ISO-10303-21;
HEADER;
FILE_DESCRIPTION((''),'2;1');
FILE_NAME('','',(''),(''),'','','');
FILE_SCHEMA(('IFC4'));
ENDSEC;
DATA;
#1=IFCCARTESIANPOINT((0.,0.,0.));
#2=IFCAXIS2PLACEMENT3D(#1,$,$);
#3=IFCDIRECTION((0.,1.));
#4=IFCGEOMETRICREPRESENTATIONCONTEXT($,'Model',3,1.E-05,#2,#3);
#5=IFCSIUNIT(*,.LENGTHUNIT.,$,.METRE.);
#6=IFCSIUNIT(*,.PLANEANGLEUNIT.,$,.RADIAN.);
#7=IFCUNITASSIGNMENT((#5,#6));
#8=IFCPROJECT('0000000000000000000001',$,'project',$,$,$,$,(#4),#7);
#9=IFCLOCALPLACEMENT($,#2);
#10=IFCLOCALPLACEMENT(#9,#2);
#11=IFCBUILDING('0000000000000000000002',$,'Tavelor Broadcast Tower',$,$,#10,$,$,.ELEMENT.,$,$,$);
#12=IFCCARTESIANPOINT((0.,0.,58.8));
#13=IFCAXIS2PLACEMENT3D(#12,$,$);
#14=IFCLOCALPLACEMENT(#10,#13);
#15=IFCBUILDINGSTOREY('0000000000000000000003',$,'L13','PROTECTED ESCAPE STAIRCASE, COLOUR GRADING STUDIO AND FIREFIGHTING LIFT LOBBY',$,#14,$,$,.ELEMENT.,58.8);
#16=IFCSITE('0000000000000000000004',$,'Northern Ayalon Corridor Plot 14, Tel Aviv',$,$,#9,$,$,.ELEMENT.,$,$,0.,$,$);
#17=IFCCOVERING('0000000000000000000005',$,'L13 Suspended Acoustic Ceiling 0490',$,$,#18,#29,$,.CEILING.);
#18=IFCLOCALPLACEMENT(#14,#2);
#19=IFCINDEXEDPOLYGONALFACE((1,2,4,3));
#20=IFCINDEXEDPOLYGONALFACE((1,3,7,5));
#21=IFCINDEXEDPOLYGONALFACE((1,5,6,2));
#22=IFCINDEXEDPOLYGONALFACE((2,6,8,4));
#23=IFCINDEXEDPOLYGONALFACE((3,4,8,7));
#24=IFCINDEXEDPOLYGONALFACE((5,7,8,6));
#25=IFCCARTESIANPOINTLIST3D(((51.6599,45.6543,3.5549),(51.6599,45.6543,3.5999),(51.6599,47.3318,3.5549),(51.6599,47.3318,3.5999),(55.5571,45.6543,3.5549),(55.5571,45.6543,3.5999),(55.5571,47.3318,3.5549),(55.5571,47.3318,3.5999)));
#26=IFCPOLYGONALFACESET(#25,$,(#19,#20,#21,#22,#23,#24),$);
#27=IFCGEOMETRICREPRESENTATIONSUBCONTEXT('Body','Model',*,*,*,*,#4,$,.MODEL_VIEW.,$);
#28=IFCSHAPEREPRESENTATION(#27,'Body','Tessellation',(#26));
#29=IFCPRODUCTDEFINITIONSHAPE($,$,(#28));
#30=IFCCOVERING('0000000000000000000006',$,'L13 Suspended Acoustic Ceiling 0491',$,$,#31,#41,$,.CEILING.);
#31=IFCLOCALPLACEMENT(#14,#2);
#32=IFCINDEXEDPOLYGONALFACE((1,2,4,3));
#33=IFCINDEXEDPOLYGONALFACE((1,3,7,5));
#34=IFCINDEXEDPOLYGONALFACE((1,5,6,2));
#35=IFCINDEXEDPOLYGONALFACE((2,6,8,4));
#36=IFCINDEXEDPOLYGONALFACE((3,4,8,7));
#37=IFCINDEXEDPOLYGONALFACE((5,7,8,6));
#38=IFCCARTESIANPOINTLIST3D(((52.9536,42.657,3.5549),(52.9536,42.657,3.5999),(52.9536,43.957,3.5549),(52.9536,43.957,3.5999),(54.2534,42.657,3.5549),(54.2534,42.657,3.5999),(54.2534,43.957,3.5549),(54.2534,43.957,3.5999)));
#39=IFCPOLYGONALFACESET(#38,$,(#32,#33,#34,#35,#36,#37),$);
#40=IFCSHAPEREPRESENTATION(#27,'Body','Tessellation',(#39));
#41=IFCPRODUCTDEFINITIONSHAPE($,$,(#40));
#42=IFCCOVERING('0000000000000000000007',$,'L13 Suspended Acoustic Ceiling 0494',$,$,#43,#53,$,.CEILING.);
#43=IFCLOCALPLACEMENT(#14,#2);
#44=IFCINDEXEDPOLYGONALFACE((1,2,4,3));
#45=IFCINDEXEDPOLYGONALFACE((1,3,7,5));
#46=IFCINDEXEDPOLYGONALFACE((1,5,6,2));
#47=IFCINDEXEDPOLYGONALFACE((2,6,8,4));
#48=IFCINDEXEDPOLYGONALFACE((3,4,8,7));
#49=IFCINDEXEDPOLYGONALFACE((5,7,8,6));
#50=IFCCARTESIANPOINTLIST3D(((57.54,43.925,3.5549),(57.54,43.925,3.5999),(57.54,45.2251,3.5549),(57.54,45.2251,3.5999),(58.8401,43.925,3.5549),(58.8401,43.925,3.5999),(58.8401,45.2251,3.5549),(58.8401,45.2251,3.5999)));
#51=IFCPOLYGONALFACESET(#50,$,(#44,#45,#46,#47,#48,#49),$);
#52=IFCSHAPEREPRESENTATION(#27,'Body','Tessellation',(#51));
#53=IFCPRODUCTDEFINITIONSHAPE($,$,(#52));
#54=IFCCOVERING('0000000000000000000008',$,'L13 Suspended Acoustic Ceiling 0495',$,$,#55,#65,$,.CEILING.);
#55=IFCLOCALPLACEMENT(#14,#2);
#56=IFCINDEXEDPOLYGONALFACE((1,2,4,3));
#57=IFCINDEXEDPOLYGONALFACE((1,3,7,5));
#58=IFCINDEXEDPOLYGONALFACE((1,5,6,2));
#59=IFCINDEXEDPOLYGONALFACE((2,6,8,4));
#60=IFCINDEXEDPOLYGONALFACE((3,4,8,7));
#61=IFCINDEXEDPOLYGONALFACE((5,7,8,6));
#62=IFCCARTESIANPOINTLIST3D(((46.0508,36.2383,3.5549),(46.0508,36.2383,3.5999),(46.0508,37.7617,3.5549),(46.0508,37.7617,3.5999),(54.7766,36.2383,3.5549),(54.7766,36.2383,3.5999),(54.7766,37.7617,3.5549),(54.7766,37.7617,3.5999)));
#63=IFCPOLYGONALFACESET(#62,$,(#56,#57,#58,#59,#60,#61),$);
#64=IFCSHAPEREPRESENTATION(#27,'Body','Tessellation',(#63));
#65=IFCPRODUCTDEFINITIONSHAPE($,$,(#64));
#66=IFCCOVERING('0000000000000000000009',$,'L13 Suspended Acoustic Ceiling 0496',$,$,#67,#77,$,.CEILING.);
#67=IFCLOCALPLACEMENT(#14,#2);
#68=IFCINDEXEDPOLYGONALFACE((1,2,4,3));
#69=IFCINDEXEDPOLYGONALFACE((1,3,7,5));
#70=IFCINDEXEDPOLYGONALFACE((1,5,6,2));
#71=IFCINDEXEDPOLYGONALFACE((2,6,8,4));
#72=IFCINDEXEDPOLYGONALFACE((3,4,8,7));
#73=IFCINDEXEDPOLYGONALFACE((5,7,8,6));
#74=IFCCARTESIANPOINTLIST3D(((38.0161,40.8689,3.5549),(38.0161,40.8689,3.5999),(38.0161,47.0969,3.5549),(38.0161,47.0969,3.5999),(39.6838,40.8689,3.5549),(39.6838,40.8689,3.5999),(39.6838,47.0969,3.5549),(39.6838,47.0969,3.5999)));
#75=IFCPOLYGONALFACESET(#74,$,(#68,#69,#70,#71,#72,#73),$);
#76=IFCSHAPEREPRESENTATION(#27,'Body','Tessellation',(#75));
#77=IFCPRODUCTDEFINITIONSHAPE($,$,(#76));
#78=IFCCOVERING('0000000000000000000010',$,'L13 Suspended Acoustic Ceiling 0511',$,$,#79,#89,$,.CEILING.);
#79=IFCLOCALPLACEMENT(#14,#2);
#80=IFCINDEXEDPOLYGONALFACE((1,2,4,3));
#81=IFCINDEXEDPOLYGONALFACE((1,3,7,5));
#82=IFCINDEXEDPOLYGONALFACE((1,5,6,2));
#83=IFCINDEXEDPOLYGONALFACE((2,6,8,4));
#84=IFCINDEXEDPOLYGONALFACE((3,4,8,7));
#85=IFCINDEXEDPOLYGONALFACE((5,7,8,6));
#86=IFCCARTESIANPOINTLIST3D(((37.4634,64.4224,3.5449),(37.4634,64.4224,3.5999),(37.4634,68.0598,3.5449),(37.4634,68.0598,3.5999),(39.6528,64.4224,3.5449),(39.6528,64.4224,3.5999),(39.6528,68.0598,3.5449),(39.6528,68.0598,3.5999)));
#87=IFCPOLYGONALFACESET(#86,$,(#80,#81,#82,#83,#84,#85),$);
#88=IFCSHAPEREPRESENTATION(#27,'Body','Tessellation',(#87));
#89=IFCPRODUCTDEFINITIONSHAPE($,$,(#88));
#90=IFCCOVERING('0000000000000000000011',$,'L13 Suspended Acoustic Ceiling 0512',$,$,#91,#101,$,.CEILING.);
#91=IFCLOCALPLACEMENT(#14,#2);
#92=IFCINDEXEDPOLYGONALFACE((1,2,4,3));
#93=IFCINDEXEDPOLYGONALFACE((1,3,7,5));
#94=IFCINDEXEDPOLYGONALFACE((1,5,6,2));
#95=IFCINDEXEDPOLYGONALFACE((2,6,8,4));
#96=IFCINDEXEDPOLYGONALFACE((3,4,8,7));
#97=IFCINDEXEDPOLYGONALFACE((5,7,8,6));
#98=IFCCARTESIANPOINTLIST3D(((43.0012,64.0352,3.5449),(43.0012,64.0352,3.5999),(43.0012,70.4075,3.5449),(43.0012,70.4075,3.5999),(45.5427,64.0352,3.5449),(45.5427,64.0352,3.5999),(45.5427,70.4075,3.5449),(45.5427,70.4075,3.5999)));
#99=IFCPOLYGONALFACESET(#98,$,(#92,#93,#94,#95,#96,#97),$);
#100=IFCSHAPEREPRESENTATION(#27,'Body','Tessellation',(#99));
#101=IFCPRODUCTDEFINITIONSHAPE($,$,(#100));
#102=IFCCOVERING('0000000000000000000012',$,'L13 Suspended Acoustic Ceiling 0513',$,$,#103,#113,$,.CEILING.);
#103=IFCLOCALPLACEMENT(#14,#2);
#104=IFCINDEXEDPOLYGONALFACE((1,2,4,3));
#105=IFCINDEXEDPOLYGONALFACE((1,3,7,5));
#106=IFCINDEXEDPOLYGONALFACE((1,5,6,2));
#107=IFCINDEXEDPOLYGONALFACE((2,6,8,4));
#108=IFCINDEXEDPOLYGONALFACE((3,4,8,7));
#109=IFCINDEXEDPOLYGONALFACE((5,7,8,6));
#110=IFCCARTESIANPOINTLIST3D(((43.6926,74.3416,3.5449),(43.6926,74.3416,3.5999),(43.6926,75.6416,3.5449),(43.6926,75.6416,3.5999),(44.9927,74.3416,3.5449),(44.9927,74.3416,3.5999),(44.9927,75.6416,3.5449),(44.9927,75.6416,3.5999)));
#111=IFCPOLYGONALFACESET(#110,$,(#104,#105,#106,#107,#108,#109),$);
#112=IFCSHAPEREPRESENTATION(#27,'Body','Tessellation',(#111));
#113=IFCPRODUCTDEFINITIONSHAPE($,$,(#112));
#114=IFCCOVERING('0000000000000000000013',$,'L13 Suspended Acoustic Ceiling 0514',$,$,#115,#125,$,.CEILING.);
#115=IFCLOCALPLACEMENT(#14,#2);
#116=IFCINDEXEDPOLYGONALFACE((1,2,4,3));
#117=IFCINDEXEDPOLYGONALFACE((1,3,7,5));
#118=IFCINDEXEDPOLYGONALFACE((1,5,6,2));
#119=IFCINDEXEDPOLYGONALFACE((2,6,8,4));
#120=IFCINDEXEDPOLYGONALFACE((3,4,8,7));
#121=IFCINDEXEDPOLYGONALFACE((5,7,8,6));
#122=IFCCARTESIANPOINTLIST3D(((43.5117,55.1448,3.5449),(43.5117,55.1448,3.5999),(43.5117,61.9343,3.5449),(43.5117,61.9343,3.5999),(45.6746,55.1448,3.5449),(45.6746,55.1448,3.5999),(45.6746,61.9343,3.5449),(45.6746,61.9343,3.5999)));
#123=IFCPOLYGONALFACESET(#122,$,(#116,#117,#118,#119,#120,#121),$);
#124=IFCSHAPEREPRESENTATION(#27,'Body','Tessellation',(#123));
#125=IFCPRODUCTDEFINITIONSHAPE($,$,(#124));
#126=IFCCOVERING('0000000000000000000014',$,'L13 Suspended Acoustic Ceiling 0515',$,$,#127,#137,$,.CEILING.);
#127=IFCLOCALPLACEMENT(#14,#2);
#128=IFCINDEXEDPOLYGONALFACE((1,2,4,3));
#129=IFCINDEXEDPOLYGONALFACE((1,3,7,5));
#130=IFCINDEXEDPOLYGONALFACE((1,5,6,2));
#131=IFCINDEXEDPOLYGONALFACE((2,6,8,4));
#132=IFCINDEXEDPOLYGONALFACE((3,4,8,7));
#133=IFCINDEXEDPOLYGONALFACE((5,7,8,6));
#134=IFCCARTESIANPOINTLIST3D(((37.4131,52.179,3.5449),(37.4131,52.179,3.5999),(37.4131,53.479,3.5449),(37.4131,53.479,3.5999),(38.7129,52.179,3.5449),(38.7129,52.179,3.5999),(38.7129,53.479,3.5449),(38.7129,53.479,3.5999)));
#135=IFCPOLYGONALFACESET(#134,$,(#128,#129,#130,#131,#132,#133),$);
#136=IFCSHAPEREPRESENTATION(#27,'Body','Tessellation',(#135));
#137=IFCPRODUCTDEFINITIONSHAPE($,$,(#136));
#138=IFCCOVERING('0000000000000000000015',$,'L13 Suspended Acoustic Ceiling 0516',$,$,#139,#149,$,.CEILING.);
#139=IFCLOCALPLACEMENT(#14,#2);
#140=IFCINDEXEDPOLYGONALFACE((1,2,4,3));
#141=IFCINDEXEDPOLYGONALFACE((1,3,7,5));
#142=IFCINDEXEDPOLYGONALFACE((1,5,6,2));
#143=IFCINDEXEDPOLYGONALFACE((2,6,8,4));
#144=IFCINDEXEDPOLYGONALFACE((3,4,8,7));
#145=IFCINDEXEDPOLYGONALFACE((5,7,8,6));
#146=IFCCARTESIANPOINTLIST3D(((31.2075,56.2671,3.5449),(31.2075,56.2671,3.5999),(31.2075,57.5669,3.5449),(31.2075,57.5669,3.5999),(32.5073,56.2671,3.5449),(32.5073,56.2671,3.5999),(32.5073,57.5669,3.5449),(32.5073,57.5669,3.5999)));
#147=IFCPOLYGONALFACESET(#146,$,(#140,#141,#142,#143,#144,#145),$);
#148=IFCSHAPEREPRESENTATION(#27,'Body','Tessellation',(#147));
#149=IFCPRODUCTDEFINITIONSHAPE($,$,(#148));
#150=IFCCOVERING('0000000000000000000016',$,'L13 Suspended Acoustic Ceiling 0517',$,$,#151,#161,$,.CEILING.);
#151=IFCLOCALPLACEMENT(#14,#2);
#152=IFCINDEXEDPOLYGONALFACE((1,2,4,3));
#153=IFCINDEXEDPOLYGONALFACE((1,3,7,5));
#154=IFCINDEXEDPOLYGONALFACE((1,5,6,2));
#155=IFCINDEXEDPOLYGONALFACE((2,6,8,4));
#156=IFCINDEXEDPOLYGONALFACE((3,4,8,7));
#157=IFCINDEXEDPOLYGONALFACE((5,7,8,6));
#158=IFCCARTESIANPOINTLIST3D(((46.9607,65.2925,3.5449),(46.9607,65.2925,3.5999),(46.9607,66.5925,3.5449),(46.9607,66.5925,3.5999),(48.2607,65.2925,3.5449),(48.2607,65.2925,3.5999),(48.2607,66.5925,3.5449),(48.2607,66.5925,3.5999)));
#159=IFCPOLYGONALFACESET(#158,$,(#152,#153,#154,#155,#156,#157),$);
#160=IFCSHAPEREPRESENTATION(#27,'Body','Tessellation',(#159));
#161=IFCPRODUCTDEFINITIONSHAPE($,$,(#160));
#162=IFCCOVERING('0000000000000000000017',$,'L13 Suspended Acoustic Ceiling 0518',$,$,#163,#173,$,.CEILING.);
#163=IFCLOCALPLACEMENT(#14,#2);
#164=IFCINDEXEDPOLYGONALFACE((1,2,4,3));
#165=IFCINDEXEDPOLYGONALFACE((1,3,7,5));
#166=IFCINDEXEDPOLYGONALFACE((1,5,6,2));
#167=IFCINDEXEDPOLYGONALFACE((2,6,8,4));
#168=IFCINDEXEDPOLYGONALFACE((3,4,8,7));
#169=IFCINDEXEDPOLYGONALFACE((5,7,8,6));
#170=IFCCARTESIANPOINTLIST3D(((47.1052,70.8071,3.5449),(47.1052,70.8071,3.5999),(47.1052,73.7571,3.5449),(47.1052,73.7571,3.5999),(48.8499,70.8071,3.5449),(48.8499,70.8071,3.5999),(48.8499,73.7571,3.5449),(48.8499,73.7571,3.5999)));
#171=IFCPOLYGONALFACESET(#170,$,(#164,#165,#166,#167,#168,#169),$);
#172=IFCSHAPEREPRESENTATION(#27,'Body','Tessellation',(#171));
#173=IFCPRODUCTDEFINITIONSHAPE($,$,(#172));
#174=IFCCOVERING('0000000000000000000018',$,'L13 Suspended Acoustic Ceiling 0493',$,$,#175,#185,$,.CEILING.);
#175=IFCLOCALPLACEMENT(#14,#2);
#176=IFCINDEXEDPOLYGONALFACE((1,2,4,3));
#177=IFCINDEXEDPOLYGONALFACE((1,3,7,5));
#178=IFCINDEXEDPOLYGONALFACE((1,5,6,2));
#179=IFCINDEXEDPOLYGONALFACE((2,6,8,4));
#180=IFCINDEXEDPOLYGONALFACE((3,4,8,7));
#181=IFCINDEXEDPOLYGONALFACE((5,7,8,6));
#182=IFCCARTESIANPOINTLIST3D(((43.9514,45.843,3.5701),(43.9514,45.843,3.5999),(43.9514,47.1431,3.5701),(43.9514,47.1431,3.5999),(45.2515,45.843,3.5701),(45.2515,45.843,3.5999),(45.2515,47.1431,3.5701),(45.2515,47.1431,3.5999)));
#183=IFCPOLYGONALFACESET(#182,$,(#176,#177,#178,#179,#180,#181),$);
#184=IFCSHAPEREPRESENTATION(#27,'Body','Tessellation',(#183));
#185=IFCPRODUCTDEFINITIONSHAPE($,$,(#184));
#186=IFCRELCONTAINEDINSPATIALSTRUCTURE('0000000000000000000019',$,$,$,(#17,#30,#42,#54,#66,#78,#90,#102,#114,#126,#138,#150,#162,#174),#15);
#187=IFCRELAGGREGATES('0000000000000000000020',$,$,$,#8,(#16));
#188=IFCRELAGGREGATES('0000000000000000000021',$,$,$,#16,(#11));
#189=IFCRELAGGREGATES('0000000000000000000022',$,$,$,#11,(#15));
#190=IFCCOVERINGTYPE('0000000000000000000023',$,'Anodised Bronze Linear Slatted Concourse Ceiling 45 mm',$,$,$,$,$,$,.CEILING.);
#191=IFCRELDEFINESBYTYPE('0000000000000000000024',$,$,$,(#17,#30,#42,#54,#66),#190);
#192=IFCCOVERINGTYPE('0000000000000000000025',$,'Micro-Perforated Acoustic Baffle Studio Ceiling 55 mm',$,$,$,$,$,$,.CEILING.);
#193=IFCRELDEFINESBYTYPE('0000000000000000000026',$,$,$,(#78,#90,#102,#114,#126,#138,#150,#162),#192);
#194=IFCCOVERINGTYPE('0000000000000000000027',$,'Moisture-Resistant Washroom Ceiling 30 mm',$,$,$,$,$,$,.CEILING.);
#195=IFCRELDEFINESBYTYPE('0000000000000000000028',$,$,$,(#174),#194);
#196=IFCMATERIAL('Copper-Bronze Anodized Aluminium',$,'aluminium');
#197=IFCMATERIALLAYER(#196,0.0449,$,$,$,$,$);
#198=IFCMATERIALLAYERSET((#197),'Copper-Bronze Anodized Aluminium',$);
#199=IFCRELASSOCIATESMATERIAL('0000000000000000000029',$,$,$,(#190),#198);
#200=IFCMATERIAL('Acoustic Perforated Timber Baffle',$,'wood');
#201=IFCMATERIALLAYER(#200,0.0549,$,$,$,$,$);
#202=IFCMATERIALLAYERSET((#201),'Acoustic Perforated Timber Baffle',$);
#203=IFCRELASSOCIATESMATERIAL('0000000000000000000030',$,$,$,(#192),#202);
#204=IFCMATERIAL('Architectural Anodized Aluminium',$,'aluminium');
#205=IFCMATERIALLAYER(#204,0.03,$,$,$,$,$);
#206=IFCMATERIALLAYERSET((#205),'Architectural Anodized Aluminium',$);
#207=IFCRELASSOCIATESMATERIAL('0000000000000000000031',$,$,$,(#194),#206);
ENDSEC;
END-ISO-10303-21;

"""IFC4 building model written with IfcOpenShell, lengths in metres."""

from ifc_helpers import new_model, si_unit, direction, frame, origin, place, context, subcontext, project, spatial, polyline, outline, extrude, material, layer, layer_set, type_object, element, save


model = new_model("IFC4")

# Units and contexts
model_context = context("Model", 3, precision=1e-05, world=origin(), true_north=direction((0.0, 1.0)))
body_context = subcontext(model_context, "Body", "Model", "MODEL_VIEW")
ifc_project = project(units=[si_unit("LENGTHUNIT", "METRE"), si_unit("PLANEANGLEUNIT", "RADIAN")], contexts=[model_context])

# Site, building, storey
site_placement = place(None, origin())
site = spatial("IfcSite", under=ifc_project, at=site_placement, Name="Northern Ayalon Corridor Plot 14, Tel Aviv", CompositionType="ELEMENT", RefElevation=0.0)
building_placement = place(site_placement, origin())
building = spatial("IfcBuilding", under=site, at=building_placement, Name="Tavelor Broadcast Tower", CompositionType="ELEMENT")
storey_placement = place(building_placement, frame((0.0, 0.0, 58.8)))
storey = spatial("IfcBuildingStorey", under=building, at=storey_placement, Name="L13", Description="PROTECTED ESCAPE STAIRCASE, COLOUR GRADING STUDIO AND FIREFIGHTING LIFT LOBBY", CompositionType="ELEMENT", Elevation=58.8)

# Coverings
ifc_material_1 = material(Name="Copper-Bronze Anodized Aluminium", Category="aluminium")
ifc_layer_1 = layer(ifc_material_1, 0.0449)
ifc_layer_set_1 = layer_set([ifc_layer_1], Name="Copper-Bronze Anodized Aluminium")
covering_type_1 = type_object("IfcCoveringType", Name="Anodised Bronze Linear Slatted Concourse Ceiling 45 mm", PredefinedType="CEILING", material=ifc_layer_set_1)
covering_1_placement = place(storey_placement, frame((0.0, 0.0, 3.5549)))
element("IfcCovering", 1, at=covering_1_placement, inside=storey, type_object=covering_type_1, Name="L13 Suspended Acoustic Ceiling 0490", PredefinedType="CEILING", context=body_context, shape_type="SweptSolid", body=[
    extrude(outline(polyline([(51.6599, 45.6543), (55.5571, 45.6543), (55.5571, 47.3318), (51.6599, 47.3318), (51.6599, 45.6543)])), origin(), (0.0, 0.0, 1.0), 0.0449),
])
covering_2_placement = place(storey_placement, frame((0.0, 0.0, 3.5549)))
element("IfcCovering", 2, at=covering_2_placement, inside=storey, type_object=covering_type_1, Name="L13 Suspended Acoustic Ceiling 0491", PredefinedType="CEILING", context=body_context, shape_type="SweptSolid", body=[
    extrude(outline(polyline([(52.9536, 42.657), (54.2534, 42.657), (54.2534, 43.957), (52.9536, 43.957), (52.9536, 42.657)])), origin(), (0.0, 0.0, 1.0), 0.0449),
])
covering_3_placement = place(storey_placement, frame((0.0, 0.0, 3.5549)))
element("IfcCovering", 3, at=covering_3_placement, inside=storey, type_object=covering_type_1, Name="L13 Suspended Acoustic Ceiling 0494", PredefinedType="CEILING", context=body_context, shape_type="SweptSolid", body=[
    extrude(outline(polyline([(57.54, 43.925), (58.8401, 43.925), (58.8401, 45.2251), (57.54, 45.2251), (57.54, 43.925)])), origin(), (0.0, 0.0, 1.0), 0.0449),
])
covering_4_placement = place(storey_placement, frame((0.0, 0.0, 3.5549)))
element("IfcCovering", 4, at=covering_4_placement, inside=storey, type_object=covering_type_1, Name="L13 Suspended Acoustic Ceiling 0495", PredefinedType="CEILING", context=body_context, shape_type="SweptSolid", body=[
    extrude(outline(polyline([(46.0508, 36.2383), (54.7766, 36.2383), (54.7766, 37.7617), (46.0508, 37.7617), (46.0508, 36.2383)])), origin(), (0.0, 0.0, 1.0), 0.0449),
])
covering_5_placement = place(storey_placement, frame((0.0, 0.0, 3.5549)))
element("IfcCovering", 5, at=covering_5_placement, inside=storey, type_object=covering_type_1, Name="L13 Suspended Acoustic Ceiling 0496", PredefinedType="CEILING", context=body_context, shape_type="SweptSolid", body=[
    extrude(outline(polyline([(38.0161, 40.8689), (39.6838, 40.8689), (39.6838, 47.0969), (38.0161, 47.0969), (38.0161, 40.8689)])), origin(), (0.0, 0.0, 1.0), 0.0449),
])
ifc_material_2 = material(Name="Acoustic Perforated Timber Baffle", Category="wood")
ifc_layer_2 = layer(ifc_material_2, 0.0549)
ifc_layer_set_2 = layer_set([ifc_layer_2], Name="Acoustic Perforated Timber Baffle")
covering_type_2 = type_object("IfcCoveringType", Name="Micro-Perforated Acoustic Baffle Studio Ceiling 55 mm", PredefinedType="CEILING", material=ifc_layer_set_2)
covering_6_placement = place(storey_placement, frame((0.0, 0.0, 3.5449)))
element("IfcCovering", 6, at=covering_6_placement, inside=storey, type_object=covering_type_2, Name="L13 Suspended Acoustic Ceiling 0511", PredefinedType="CEILING", context=body_context, shape_type="SweptSolid", body=[
    extrude(outline(polyline([(37.4634, 64.4224), (39.6528, 64.4224), (39.6528, 68.0598), (37.4634, 68.0598), (37.4634, 64.4224)])), origin(), (0.0, 0.0, 1.0), 0.0549),
])
covering_7_placement = place(storey_placement, frame((0.0, 0.0, 3.5449)))
element("IfcCovering", 7, at=covering_7_placement, inside=storey, type_object=covering_type_2, Name="L13 Suspended Acoustic Ceiling 0512", PredefinedType="CEILING", context=body_context, shape_type="SweptSolid", body=[
    extrude(outline(polyline([(43.0012, 64.0352), (45.5427, 64.0352), (45.5427, 70.4075), (43.0012, 70.4075), (43.0012, 64.0352)])), origin(), (0.0, 0.0, 1.0), 0.0549),
])
covering_8_placement = place(storey_placement, frame((0.0, 0.0, 3.5449)))
element("IfcCovering", 8, at=covering_8_placement, inside=storey, type_object=covering_type_2, Name="L13 Suspended Acoustic Ceiling 0513", PredefinedType="CEILING", context=body_context, shape_type="SweptSolid", body=[
    extrude(outline(polyline([(43.6926, 74.3416), (44.9927, 74.3416), (44.9927, 75.6416), (43.6926, 75.6416), (43.6926, 74.3416)])), origin(), (0.0, 0.0, 1.0), 0.0549),
])
covering_9_placement = place(storey_placement, frame((0.0, 0.0, 3.5449)))
element("IfcCovering", 9, at=covering_9_placement, inside=storey, type_object=covering_type_2, Name="L13 Suspended Acoustic Ceiling 0514", PredefinedType="CEILING", context=body_context, shape_type="SweptSolid", body=[
    extrude(outline(polyline([(43.5117, 55.1448), (45.6746, 55.1448), (45.6746, 61.9343), (43.5117, 61.9343), (43.5117, 55.1448)])), origin(), (0.0, 0.0, 1.0), 0.0549),
])
covering_10_placement = place(storey_placement, frame((0.0, 0.0, 3.5449)))
element("IfcCovering", 10, at=covering_10_placement, inside=storey, type_object=covering_type_2, Name="L13 Suspended Acoustic Ceiling 0515", PredefinedType="CEILING", context=body_context, shape_type="SweptSolid", body=[
    extrude(outline(polyline([(37.4131, 52.179), (38.7129, 52.179), (38.7129, 53.479), (37.4131, 53.479), (37.4131, 52.179)])), origin(), (0.0, 0.0, 1.0), 0.0549),
])
covering_11_placement = place(storey_placement, frame((0.0, 0.0, 3.5449)))
element("IfcCovering", 11, at=covering_11_placement, inside=storey, type_object=covering_type_2, Name="L13 Suspended Acoustic Ceiling 0516", PredefinedType="CEILING", context=body_context, shape_type="SweptSolid", body=[
    extrude(outline(polyline([(31.2075, 56.2671), (32.5073, 56.2671), (32.5073, 57.5669), (31.2075, 57.5669), (31.2075, 56.2671)])), origin(), (0.0, 0.0, 1.0), 0.0549),
])
covering_12_placement = place(storey_placement, frame((0.0, 0.0, 3.5449)))
element("IfcCovering", 12, at=covering_12_placement, inside=storey, type_object=covering_type_2, Name="L13 Suspended Acoustic Ceiling 0517", PredefinedType="CEILING", context=body_context, shape_type="SweptSolid", body=[
    extrude(outline(polyline([(46.9607, 65.2925), (48.2607, 65.2925), (48.2607, 66.5925), (46.9607, 66.5925), (46.9607, 65.2925)])), origin(), (0.0, 0.0, 1.0), 0.0549),
])
covering_13_placement = place(storey_placement, frame((0.0, 0.0, 3.5449)))
element("IfcCovering", 13, at=covering_13_placement, inside=storey, type_object=covering_type_2, Name="L13 Suspended Acoustic Ceiling 0518", PredefinedType="CEILING", context=body_context, shape_type="SweptSolid", body=[
    extrude(outline(polyline([(47.1052, 70.8071), (48.8499, 70.8071), (48.8499, 73.7571), (47.1052, 73.7571), (47.1052, 70.8071)])), origin(), (0.0, 0.0, 1.0), 0.0549),
])
ifc_material_3 = material(Name="Architectural Anodized Aluminium", Category="aluminium")
ifc_layer_3 = layer(ifc_material_3, 0.03)
ifc_layer_set_3 = layer_set([ifc_layer_3], Name="Architectural Anodized Aluminium")
covering_type_3 = type_object("IfcCoveringType", Name="Moisture-Resistant Washroom Ceiling 30 mm", PredefinedType="CEILING", material=ifc_layer_set_3)
covering_14_placement = place(storey_placement, frame((0.0, 0.0, 3.5701)))
element("IfcCovering", 14, at=covering_14_placement, inside=storey, type_object=covering_type_3, Name="L13 Suspended Acoustic Ceiling 0493", PredefinedType="CEILING", context=body_context, shape_type="SweptSolid", body=[
    extrude(outline(polyline([(43.9514, 45.843), (45.2515, 45.843), (45.2515, 47.1431), (43.9514, 47.1431), (43.9514, 45.843)])), origin(), (0.0, 0.0, 1.0), 0.0298),
])

save(model, "model.ifc")
